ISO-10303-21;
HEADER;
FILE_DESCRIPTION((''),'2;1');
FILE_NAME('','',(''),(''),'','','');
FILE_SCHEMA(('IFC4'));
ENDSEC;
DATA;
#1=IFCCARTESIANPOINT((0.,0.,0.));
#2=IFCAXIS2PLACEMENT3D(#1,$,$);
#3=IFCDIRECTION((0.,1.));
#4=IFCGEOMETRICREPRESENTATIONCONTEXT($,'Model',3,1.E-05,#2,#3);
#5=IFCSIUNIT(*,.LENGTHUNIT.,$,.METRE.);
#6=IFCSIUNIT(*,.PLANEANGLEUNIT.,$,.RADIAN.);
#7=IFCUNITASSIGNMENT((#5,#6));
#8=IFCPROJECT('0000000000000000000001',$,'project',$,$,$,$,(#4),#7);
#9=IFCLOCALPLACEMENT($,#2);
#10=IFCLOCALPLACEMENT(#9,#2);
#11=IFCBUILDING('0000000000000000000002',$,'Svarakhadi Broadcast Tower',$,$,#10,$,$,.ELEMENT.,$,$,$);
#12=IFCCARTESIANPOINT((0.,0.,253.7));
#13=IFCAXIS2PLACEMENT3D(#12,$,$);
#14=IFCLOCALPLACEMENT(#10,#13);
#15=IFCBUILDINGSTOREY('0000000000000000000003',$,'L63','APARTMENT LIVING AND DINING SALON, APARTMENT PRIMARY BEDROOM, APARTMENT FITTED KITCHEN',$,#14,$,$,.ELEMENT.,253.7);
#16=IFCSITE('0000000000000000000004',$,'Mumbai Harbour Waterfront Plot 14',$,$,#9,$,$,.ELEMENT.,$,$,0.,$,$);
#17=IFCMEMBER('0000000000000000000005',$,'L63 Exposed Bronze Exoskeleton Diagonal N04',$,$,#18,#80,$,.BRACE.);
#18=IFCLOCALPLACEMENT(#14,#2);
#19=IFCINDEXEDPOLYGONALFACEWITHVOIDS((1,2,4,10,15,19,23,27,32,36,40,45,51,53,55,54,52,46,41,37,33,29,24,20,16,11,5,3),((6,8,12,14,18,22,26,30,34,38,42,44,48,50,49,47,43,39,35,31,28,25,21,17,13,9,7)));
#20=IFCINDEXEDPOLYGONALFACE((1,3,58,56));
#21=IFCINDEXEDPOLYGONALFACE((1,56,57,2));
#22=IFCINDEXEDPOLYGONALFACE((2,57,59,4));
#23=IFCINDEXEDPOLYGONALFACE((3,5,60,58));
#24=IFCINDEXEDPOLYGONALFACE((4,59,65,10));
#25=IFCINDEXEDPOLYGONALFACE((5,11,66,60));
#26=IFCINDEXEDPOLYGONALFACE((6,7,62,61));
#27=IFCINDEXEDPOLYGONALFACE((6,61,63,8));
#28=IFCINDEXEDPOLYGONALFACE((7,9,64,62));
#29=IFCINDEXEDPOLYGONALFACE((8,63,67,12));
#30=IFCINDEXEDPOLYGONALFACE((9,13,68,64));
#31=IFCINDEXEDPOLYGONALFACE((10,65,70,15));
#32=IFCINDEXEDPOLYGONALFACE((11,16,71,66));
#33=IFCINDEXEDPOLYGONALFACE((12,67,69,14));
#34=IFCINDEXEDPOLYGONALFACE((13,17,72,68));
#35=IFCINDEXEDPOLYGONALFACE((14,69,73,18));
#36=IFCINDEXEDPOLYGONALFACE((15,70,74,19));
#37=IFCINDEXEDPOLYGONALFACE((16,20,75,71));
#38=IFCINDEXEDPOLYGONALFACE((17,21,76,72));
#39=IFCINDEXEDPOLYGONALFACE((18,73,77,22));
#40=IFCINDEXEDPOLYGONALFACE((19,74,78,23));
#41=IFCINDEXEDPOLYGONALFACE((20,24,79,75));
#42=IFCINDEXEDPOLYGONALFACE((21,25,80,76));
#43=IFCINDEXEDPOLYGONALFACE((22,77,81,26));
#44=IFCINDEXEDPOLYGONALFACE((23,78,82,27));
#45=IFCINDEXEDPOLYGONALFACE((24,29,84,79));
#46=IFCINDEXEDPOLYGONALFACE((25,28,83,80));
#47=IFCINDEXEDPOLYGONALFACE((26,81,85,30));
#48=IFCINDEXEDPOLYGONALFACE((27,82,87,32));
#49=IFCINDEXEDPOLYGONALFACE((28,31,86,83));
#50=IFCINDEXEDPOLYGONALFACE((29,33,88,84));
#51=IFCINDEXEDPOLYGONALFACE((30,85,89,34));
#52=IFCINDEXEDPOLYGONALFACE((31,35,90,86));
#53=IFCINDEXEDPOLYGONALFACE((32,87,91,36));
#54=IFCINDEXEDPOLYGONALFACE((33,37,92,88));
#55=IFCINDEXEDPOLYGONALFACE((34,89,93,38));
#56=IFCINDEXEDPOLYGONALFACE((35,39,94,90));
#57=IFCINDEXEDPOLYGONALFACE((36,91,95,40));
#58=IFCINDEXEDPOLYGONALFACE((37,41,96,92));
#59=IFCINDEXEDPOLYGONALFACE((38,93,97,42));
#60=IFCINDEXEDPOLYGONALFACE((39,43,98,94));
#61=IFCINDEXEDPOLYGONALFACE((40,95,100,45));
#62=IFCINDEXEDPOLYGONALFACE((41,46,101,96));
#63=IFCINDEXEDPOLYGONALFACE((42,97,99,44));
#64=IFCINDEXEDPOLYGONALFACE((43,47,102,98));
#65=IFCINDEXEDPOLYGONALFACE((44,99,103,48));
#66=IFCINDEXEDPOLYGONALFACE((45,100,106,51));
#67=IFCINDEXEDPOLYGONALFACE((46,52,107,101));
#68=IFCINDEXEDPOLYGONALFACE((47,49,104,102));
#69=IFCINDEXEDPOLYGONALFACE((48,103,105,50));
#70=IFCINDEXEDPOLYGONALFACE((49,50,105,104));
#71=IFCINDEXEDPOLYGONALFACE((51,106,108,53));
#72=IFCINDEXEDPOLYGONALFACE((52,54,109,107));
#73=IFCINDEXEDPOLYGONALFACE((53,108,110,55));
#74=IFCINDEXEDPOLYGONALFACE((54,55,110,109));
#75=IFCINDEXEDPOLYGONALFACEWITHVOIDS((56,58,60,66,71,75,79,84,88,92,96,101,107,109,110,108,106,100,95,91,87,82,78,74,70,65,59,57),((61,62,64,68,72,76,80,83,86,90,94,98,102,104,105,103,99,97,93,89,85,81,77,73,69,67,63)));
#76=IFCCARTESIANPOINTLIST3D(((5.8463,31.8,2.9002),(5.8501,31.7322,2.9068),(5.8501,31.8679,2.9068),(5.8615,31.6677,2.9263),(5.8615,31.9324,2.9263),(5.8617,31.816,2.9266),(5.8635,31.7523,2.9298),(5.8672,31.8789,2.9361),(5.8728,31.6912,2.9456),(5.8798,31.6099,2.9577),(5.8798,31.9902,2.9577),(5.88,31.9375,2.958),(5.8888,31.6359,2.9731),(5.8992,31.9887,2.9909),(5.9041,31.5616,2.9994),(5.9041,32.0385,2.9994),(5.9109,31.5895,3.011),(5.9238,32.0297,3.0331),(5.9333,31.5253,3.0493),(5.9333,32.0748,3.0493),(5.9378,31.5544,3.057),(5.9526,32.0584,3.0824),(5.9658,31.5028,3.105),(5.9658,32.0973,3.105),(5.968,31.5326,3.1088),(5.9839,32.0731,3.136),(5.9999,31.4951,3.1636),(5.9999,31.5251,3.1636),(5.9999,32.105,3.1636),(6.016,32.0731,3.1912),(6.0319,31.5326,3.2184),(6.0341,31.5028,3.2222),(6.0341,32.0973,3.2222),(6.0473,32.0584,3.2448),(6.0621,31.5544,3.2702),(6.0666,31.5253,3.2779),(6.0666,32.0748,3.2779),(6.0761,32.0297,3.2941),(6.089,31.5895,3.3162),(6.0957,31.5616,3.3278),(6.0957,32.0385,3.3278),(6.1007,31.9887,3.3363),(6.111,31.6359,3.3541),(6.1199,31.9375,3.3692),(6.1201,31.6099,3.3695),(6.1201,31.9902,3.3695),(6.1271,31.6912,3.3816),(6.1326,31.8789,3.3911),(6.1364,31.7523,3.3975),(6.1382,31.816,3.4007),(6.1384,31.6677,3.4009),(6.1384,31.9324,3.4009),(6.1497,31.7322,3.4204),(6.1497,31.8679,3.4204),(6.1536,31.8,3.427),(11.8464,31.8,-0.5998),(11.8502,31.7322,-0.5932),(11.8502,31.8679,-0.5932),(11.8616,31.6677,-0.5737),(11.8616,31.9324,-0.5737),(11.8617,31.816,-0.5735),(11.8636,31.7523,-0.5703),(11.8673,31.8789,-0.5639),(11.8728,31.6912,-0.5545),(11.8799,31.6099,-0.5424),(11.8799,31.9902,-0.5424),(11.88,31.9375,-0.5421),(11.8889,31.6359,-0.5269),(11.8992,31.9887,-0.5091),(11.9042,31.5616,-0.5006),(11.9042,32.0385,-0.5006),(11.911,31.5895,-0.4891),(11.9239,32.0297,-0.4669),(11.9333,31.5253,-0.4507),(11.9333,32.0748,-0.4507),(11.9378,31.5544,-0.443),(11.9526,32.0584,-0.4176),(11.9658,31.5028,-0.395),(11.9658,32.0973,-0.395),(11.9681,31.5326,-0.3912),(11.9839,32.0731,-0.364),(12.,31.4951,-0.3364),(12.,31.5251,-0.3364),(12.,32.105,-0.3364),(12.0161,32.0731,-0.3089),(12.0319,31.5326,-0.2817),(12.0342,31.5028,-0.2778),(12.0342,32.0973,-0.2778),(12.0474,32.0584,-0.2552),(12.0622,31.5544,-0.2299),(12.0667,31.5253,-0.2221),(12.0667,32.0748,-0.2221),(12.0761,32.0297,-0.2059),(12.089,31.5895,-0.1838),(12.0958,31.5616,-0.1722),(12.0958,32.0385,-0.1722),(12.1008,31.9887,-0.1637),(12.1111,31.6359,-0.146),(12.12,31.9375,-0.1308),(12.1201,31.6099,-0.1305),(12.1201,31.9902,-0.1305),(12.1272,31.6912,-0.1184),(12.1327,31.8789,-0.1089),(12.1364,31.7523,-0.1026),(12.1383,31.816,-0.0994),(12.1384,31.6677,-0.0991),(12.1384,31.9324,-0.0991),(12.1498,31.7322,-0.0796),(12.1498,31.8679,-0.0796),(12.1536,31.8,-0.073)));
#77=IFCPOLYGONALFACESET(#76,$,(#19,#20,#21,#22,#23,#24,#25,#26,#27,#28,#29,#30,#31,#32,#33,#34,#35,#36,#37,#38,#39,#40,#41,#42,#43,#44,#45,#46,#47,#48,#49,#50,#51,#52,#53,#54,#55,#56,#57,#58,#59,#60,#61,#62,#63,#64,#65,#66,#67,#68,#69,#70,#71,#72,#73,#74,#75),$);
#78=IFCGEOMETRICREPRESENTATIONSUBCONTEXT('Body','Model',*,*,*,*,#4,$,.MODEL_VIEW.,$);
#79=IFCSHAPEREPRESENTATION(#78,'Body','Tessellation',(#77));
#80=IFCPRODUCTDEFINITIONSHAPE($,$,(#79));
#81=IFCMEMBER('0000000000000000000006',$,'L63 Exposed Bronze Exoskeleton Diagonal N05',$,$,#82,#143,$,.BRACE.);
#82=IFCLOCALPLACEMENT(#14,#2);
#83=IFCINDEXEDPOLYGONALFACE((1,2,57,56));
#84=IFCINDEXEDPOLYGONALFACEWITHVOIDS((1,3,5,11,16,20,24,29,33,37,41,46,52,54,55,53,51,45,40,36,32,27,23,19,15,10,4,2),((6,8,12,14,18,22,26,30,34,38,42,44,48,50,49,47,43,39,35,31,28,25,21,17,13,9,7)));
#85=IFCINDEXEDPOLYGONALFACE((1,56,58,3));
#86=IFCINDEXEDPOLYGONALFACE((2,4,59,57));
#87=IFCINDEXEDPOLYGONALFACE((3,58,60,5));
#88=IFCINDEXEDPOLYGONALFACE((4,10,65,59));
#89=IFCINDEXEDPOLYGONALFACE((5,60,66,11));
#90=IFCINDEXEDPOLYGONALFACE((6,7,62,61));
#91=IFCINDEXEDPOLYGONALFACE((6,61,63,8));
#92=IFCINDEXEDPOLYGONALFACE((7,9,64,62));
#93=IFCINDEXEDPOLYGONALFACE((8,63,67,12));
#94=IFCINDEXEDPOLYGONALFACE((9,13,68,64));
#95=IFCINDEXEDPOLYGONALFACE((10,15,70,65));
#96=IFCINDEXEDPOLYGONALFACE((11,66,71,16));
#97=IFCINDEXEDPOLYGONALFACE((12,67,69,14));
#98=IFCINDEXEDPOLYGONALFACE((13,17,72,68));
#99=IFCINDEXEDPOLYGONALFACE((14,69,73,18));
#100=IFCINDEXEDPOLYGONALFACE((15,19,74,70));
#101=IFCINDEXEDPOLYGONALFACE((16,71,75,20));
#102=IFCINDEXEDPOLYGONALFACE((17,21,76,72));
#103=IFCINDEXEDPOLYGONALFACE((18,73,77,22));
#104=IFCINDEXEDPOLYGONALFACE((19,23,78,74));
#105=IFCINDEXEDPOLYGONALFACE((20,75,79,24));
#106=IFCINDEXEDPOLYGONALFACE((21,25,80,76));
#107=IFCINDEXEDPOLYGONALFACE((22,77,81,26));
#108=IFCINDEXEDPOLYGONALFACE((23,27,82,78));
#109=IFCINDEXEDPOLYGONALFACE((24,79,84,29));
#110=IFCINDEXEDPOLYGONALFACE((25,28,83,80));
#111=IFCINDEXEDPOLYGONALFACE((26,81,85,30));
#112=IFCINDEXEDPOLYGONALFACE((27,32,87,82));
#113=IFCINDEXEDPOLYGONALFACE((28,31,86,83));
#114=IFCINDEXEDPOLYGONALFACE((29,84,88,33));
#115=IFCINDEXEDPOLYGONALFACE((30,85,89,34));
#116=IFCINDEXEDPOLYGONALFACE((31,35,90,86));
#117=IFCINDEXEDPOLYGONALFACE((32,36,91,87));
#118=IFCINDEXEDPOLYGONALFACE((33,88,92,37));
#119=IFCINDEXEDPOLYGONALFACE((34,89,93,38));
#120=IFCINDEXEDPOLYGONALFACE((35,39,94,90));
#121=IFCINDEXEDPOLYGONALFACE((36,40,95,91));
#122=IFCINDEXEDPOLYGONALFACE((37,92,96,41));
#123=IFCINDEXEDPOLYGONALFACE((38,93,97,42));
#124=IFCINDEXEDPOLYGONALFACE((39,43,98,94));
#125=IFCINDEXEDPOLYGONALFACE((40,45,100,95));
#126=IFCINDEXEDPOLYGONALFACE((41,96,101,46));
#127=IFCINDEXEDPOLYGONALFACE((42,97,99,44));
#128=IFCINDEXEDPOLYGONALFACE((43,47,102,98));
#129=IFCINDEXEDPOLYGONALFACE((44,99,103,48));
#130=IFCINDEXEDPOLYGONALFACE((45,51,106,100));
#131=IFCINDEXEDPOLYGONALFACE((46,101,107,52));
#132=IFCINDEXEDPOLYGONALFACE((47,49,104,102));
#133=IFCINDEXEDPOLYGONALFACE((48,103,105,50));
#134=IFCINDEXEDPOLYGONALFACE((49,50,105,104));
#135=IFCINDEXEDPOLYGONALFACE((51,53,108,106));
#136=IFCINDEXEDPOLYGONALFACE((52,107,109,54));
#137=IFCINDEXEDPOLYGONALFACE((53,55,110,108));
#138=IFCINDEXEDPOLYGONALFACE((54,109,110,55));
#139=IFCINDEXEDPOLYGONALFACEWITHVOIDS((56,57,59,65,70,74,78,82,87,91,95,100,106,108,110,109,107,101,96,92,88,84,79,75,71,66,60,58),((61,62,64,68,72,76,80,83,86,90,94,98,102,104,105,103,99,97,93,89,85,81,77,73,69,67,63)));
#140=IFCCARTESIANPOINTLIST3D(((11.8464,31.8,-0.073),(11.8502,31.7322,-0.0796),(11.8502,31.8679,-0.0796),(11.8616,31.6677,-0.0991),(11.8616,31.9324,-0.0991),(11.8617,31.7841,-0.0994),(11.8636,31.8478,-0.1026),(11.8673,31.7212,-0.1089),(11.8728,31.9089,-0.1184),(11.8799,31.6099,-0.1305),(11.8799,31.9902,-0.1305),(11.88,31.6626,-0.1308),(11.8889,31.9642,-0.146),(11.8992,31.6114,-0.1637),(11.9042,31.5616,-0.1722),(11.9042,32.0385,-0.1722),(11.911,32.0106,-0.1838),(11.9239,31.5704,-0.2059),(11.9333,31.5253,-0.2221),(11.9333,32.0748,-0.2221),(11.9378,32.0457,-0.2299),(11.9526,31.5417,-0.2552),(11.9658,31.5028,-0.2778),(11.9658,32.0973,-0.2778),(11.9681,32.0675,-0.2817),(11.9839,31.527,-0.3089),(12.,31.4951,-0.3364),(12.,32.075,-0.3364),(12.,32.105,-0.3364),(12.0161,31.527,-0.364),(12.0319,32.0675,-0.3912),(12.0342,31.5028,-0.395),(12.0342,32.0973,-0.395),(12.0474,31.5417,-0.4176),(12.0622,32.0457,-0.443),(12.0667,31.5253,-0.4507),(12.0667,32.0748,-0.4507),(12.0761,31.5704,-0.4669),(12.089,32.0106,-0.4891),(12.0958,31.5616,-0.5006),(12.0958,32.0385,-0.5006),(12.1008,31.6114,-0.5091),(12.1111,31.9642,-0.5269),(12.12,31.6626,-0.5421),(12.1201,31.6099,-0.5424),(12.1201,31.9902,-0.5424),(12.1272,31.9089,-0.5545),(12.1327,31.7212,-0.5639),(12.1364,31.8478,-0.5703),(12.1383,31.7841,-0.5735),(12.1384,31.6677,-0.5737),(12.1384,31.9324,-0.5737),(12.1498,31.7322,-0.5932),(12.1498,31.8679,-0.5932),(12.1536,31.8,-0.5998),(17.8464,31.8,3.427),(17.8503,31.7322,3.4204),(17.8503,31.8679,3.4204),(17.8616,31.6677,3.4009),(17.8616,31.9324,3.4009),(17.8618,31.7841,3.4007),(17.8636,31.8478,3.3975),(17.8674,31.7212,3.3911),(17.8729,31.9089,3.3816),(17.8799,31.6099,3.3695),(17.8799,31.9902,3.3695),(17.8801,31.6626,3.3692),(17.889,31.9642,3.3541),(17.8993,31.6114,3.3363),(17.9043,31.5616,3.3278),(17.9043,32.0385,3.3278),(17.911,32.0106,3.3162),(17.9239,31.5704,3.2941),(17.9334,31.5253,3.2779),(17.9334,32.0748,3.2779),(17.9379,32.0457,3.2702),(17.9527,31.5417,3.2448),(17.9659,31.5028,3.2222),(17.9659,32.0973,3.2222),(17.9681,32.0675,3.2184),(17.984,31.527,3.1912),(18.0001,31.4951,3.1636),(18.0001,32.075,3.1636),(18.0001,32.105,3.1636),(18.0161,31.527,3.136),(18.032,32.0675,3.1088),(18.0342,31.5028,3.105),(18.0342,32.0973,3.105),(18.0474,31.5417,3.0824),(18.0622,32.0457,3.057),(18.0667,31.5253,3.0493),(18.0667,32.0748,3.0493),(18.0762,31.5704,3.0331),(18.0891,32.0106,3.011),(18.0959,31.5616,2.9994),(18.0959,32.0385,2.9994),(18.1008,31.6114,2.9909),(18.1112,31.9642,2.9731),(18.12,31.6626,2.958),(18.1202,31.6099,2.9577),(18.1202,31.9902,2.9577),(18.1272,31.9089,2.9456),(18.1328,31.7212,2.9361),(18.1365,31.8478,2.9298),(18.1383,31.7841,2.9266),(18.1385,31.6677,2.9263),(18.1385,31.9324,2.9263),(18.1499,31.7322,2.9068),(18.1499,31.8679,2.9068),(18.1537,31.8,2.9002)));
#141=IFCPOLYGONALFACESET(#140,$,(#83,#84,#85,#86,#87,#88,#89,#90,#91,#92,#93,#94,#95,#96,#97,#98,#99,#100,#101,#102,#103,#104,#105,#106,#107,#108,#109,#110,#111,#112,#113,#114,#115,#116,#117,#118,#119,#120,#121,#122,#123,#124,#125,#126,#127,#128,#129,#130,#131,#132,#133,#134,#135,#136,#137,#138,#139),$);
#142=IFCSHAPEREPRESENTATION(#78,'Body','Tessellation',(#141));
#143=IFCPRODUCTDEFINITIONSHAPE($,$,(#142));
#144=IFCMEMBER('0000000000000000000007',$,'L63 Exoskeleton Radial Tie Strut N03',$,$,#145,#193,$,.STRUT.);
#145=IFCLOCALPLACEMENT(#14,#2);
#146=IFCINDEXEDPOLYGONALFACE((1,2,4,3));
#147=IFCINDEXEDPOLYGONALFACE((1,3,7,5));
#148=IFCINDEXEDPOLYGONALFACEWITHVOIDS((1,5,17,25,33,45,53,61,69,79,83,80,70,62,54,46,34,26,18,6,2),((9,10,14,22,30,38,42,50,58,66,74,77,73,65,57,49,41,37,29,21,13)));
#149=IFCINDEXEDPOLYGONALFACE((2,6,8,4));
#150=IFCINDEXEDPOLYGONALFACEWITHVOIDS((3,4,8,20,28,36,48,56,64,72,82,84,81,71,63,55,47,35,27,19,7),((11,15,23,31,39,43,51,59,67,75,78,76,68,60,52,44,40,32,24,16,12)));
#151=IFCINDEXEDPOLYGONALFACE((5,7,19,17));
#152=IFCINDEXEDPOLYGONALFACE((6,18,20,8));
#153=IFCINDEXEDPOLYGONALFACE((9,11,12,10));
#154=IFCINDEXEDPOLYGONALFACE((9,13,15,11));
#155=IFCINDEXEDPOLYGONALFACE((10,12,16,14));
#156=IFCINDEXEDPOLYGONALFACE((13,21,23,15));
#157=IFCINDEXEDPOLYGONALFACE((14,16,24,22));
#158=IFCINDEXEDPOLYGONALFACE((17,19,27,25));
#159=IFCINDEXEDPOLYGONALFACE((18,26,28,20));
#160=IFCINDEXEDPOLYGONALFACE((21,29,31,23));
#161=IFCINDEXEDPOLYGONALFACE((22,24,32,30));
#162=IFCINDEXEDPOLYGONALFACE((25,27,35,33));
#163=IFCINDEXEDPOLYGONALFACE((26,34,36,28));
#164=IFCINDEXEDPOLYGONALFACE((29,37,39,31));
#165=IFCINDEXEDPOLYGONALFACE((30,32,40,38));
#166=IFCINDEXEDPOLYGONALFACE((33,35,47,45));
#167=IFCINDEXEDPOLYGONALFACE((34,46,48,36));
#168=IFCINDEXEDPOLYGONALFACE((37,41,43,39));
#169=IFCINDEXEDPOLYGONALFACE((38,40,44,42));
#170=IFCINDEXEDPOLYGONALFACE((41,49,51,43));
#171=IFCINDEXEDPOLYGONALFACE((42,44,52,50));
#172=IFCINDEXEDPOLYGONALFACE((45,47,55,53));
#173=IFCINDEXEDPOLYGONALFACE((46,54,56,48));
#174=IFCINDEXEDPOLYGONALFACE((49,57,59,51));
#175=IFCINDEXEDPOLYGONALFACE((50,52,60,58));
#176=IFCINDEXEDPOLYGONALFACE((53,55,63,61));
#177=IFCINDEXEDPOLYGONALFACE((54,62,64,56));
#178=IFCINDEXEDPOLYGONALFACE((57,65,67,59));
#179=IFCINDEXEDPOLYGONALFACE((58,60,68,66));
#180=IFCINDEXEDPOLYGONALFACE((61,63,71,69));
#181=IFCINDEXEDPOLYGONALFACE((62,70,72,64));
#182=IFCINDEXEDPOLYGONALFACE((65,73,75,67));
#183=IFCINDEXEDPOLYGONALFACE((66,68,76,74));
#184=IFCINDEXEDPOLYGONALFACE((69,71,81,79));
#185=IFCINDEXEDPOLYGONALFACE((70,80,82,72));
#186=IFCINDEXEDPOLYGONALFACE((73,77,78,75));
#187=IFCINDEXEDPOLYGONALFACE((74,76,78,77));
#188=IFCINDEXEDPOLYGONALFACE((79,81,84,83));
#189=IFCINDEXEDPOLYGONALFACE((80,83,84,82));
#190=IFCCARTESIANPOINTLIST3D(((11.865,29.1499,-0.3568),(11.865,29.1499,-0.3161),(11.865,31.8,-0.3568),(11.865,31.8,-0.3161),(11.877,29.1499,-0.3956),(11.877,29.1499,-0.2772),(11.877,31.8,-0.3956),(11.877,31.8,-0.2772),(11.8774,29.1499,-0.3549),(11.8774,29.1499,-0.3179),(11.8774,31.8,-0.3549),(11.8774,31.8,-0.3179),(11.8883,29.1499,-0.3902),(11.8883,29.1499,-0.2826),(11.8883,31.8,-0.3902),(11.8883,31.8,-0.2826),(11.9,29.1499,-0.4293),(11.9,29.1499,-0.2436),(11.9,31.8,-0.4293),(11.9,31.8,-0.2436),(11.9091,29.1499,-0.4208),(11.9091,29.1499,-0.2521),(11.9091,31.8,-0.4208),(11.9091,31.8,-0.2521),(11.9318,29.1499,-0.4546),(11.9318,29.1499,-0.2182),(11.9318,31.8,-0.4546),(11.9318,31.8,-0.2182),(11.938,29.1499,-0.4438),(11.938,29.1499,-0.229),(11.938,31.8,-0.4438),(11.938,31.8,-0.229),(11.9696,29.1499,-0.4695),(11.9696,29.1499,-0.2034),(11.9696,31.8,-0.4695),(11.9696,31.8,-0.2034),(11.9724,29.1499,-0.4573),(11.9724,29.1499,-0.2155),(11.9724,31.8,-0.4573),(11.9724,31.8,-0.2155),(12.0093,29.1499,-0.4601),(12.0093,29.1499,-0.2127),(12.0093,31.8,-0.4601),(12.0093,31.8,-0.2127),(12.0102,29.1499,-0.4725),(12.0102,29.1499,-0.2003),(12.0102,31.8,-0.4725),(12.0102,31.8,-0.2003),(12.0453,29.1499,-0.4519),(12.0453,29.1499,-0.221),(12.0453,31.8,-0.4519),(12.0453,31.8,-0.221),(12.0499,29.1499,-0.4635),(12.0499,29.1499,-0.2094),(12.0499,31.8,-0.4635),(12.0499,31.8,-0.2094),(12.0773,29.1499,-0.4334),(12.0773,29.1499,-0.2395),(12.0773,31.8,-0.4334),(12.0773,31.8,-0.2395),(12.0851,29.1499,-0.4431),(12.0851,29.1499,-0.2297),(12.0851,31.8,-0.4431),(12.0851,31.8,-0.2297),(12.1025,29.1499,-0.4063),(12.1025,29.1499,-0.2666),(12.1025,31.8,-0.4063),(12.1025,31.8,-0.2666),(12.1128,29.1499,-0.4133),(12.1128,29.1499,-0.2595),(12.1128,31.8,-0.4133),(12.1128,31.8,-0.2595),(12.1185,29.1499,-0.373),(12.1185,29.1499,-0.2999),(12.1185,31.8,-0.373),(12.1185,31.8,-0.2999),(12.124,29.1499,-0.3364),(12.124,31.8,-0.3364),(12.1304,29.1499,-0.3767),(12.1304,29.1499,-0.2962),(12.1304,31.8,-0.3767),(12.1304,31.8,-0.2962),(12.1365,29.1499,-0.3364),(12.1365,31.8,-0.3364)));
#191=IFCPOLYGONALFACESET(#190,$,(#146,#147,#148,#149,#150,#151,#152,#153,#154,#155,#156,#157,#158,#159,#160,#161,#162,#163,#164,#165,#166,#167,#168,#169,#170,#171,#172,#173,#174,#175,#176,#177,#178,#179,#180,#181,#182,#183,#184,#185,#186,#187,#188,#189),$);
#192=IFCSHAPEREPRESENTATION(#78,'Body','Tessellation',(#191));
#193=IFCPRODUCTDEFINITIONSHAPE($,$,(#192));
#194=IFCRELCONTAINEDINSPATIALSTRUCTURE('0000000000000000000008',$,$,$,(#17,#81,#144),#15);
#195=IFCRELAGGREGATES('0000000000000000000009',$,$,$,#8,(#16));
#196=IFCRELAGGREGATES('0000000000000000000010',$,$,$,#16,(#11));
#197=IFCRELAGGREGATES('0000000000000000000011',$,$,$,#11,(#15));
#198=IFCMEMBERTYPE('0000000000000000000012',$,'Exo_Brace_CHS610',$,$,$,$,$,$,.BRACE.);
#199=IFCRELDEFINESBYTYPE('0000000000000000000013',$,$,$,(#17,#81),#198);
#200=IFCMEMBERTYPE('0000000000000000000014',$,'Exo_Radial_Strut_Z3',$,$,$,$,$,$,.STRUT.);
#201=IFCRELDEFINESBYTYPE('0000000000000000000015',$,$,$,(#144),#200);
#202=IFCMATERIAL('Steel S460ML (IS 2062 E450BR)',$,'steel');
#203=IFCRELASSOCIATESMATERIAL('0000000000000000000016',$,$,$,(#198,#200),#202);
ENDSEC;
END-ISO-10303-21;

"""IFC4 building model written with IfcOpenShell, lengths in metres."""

from ifc_helpers import new_model, si_unit, direction, frame, origin, origin_2d, place, context, subcontext, project, spatial, hollow_circle, extrude, material, material_profile, profile_set, type_object, element, save


model = new_model("IFC4")

# Units and contexts
model_context = context("Model", 3, precision=1e-05, world=origin(), true_north=direction((0.0, 1.0)))
body_context = subcontext(model_context, "Body", "Model", "MODEL_VIEW")
ifc_project = project(units=[si_unit("LENGTHUNIT", "METRE"), si_unit("PLANEANGLEUNIT", "RADIAN")], contexts=[model_context])

# Site, building, storey
site_placement = place(None, origin())
site = spatial("IfcSite", under=ifc_project, at=site_placement, Name="Mumbai Harbour Waterfront Plot 14", CompositionType="ELEMENT", RefElevation=0.0)
building_placement = place(site_placement, origin())
building = spatial("IfcBuilding", under=site, at=building_placement, Name="Svarakhadi Broadcast Tower", CompositionType="ELEMENT")
storey_placement = place(building_placement, frame((0.0, 0.0, 253.7)))
storey = spatial("IfcBuildingStorey", under=building, at=storey_placement, Name="L63", Description="APARTMENT LIVING AND DINING SALON, APARTMENT PRIMARY BEDROOM, APARTMENT FITTED KITCHEN", CompositionType="ELEMENT", Elevation=253.7)

# Shared definitions
ifc_material_1 = material(Name="Steel S460ML (IS 2062 E450BR)", Category="steel")

# Members
ifc_material_profile_1 = material_profile(ifc_material_1, hollow_circle(Radius=0.3049, WallThickness=0.03, at=origin_2d()), Name="CHS 610x30")
ifc_profile_set_1 = profile_set([ifc_material_profile_1], Name="Steel S460ML (IS 2062 E450BR)")
member_type_1 = type_object("IfcMemberType", Name="Exo_Brace_CHS610", PredefinedType="BRACE", material=ifc_profile_set_1)
for number, where, z_axis, x_axis, name in (
    (1, (12.0, 31.8, -0.3364), (-0.863779, 0.0, 0.503871), (0.0, -1.0, 0.0), "L63 Exposed Bronze Exoskeleton Diagonal N04"),
    (2, (12.0, 31.8, -0.3364), (0.863779, 0.0, 0.503871), (0.0, 1.0, 0.0), "L63 Exposed Bronze Exoskeleton Diagonal N05"),
):
    element("IfcMember", number, at=place(storey_placement, frame(where, z_axis=z_axis, x_axis=x_axis)), inside=storey, type_object=member_type_1, Name=name, PredefinedType="BRACE", context=body_context, shape_type="SweptSolid", body=[
        extrude(hollow_circle(Radius=0.3049, WallThickness=0.03, at=origin_2d()), origin(), (0.0, 0.0, 1.0), 6.9463),
    ])
ifc_material_profile_2 = material_profile(ifc_material_1, hollow_circle(Radius=0.1365, WallThickness=0.0125, at=origin_2d()), Name="CHS 273x12.5")
ifc_profile_set_2 = profile_set([ifc_material_profile_2], Name="Steel S460ML (IS 2062 E450BR)")
member_type_2 = type_object("IfcMemberType", Name="Exo_Radial_Strut_Z3", PredefinedType="STRUT", material=ifc_profile_set_2)
member_1_placement = place(storey_placement, frame((12.0, 31.8, -0.3364), z_axis=(0.0, -1.0, 0.0), x_axis=(1.0, 0.0, 0.0)))
element("IfcMember", 3, at=member_1_placement, inside=storey, type_object=member_type_2, Name="L63 Exoskeleton Radial Tie Strut N03", PredefinedType="STRUT", context=body_context, shape_type="SweptSolid", body=[
    extrude(hollow_circle(Radius=0.1365, WallThickness=0.0125, at=origin_2d()), origin(), (0.0, 0.0, 1.0), 2.6501),
])

save(model, "model.ifc")
